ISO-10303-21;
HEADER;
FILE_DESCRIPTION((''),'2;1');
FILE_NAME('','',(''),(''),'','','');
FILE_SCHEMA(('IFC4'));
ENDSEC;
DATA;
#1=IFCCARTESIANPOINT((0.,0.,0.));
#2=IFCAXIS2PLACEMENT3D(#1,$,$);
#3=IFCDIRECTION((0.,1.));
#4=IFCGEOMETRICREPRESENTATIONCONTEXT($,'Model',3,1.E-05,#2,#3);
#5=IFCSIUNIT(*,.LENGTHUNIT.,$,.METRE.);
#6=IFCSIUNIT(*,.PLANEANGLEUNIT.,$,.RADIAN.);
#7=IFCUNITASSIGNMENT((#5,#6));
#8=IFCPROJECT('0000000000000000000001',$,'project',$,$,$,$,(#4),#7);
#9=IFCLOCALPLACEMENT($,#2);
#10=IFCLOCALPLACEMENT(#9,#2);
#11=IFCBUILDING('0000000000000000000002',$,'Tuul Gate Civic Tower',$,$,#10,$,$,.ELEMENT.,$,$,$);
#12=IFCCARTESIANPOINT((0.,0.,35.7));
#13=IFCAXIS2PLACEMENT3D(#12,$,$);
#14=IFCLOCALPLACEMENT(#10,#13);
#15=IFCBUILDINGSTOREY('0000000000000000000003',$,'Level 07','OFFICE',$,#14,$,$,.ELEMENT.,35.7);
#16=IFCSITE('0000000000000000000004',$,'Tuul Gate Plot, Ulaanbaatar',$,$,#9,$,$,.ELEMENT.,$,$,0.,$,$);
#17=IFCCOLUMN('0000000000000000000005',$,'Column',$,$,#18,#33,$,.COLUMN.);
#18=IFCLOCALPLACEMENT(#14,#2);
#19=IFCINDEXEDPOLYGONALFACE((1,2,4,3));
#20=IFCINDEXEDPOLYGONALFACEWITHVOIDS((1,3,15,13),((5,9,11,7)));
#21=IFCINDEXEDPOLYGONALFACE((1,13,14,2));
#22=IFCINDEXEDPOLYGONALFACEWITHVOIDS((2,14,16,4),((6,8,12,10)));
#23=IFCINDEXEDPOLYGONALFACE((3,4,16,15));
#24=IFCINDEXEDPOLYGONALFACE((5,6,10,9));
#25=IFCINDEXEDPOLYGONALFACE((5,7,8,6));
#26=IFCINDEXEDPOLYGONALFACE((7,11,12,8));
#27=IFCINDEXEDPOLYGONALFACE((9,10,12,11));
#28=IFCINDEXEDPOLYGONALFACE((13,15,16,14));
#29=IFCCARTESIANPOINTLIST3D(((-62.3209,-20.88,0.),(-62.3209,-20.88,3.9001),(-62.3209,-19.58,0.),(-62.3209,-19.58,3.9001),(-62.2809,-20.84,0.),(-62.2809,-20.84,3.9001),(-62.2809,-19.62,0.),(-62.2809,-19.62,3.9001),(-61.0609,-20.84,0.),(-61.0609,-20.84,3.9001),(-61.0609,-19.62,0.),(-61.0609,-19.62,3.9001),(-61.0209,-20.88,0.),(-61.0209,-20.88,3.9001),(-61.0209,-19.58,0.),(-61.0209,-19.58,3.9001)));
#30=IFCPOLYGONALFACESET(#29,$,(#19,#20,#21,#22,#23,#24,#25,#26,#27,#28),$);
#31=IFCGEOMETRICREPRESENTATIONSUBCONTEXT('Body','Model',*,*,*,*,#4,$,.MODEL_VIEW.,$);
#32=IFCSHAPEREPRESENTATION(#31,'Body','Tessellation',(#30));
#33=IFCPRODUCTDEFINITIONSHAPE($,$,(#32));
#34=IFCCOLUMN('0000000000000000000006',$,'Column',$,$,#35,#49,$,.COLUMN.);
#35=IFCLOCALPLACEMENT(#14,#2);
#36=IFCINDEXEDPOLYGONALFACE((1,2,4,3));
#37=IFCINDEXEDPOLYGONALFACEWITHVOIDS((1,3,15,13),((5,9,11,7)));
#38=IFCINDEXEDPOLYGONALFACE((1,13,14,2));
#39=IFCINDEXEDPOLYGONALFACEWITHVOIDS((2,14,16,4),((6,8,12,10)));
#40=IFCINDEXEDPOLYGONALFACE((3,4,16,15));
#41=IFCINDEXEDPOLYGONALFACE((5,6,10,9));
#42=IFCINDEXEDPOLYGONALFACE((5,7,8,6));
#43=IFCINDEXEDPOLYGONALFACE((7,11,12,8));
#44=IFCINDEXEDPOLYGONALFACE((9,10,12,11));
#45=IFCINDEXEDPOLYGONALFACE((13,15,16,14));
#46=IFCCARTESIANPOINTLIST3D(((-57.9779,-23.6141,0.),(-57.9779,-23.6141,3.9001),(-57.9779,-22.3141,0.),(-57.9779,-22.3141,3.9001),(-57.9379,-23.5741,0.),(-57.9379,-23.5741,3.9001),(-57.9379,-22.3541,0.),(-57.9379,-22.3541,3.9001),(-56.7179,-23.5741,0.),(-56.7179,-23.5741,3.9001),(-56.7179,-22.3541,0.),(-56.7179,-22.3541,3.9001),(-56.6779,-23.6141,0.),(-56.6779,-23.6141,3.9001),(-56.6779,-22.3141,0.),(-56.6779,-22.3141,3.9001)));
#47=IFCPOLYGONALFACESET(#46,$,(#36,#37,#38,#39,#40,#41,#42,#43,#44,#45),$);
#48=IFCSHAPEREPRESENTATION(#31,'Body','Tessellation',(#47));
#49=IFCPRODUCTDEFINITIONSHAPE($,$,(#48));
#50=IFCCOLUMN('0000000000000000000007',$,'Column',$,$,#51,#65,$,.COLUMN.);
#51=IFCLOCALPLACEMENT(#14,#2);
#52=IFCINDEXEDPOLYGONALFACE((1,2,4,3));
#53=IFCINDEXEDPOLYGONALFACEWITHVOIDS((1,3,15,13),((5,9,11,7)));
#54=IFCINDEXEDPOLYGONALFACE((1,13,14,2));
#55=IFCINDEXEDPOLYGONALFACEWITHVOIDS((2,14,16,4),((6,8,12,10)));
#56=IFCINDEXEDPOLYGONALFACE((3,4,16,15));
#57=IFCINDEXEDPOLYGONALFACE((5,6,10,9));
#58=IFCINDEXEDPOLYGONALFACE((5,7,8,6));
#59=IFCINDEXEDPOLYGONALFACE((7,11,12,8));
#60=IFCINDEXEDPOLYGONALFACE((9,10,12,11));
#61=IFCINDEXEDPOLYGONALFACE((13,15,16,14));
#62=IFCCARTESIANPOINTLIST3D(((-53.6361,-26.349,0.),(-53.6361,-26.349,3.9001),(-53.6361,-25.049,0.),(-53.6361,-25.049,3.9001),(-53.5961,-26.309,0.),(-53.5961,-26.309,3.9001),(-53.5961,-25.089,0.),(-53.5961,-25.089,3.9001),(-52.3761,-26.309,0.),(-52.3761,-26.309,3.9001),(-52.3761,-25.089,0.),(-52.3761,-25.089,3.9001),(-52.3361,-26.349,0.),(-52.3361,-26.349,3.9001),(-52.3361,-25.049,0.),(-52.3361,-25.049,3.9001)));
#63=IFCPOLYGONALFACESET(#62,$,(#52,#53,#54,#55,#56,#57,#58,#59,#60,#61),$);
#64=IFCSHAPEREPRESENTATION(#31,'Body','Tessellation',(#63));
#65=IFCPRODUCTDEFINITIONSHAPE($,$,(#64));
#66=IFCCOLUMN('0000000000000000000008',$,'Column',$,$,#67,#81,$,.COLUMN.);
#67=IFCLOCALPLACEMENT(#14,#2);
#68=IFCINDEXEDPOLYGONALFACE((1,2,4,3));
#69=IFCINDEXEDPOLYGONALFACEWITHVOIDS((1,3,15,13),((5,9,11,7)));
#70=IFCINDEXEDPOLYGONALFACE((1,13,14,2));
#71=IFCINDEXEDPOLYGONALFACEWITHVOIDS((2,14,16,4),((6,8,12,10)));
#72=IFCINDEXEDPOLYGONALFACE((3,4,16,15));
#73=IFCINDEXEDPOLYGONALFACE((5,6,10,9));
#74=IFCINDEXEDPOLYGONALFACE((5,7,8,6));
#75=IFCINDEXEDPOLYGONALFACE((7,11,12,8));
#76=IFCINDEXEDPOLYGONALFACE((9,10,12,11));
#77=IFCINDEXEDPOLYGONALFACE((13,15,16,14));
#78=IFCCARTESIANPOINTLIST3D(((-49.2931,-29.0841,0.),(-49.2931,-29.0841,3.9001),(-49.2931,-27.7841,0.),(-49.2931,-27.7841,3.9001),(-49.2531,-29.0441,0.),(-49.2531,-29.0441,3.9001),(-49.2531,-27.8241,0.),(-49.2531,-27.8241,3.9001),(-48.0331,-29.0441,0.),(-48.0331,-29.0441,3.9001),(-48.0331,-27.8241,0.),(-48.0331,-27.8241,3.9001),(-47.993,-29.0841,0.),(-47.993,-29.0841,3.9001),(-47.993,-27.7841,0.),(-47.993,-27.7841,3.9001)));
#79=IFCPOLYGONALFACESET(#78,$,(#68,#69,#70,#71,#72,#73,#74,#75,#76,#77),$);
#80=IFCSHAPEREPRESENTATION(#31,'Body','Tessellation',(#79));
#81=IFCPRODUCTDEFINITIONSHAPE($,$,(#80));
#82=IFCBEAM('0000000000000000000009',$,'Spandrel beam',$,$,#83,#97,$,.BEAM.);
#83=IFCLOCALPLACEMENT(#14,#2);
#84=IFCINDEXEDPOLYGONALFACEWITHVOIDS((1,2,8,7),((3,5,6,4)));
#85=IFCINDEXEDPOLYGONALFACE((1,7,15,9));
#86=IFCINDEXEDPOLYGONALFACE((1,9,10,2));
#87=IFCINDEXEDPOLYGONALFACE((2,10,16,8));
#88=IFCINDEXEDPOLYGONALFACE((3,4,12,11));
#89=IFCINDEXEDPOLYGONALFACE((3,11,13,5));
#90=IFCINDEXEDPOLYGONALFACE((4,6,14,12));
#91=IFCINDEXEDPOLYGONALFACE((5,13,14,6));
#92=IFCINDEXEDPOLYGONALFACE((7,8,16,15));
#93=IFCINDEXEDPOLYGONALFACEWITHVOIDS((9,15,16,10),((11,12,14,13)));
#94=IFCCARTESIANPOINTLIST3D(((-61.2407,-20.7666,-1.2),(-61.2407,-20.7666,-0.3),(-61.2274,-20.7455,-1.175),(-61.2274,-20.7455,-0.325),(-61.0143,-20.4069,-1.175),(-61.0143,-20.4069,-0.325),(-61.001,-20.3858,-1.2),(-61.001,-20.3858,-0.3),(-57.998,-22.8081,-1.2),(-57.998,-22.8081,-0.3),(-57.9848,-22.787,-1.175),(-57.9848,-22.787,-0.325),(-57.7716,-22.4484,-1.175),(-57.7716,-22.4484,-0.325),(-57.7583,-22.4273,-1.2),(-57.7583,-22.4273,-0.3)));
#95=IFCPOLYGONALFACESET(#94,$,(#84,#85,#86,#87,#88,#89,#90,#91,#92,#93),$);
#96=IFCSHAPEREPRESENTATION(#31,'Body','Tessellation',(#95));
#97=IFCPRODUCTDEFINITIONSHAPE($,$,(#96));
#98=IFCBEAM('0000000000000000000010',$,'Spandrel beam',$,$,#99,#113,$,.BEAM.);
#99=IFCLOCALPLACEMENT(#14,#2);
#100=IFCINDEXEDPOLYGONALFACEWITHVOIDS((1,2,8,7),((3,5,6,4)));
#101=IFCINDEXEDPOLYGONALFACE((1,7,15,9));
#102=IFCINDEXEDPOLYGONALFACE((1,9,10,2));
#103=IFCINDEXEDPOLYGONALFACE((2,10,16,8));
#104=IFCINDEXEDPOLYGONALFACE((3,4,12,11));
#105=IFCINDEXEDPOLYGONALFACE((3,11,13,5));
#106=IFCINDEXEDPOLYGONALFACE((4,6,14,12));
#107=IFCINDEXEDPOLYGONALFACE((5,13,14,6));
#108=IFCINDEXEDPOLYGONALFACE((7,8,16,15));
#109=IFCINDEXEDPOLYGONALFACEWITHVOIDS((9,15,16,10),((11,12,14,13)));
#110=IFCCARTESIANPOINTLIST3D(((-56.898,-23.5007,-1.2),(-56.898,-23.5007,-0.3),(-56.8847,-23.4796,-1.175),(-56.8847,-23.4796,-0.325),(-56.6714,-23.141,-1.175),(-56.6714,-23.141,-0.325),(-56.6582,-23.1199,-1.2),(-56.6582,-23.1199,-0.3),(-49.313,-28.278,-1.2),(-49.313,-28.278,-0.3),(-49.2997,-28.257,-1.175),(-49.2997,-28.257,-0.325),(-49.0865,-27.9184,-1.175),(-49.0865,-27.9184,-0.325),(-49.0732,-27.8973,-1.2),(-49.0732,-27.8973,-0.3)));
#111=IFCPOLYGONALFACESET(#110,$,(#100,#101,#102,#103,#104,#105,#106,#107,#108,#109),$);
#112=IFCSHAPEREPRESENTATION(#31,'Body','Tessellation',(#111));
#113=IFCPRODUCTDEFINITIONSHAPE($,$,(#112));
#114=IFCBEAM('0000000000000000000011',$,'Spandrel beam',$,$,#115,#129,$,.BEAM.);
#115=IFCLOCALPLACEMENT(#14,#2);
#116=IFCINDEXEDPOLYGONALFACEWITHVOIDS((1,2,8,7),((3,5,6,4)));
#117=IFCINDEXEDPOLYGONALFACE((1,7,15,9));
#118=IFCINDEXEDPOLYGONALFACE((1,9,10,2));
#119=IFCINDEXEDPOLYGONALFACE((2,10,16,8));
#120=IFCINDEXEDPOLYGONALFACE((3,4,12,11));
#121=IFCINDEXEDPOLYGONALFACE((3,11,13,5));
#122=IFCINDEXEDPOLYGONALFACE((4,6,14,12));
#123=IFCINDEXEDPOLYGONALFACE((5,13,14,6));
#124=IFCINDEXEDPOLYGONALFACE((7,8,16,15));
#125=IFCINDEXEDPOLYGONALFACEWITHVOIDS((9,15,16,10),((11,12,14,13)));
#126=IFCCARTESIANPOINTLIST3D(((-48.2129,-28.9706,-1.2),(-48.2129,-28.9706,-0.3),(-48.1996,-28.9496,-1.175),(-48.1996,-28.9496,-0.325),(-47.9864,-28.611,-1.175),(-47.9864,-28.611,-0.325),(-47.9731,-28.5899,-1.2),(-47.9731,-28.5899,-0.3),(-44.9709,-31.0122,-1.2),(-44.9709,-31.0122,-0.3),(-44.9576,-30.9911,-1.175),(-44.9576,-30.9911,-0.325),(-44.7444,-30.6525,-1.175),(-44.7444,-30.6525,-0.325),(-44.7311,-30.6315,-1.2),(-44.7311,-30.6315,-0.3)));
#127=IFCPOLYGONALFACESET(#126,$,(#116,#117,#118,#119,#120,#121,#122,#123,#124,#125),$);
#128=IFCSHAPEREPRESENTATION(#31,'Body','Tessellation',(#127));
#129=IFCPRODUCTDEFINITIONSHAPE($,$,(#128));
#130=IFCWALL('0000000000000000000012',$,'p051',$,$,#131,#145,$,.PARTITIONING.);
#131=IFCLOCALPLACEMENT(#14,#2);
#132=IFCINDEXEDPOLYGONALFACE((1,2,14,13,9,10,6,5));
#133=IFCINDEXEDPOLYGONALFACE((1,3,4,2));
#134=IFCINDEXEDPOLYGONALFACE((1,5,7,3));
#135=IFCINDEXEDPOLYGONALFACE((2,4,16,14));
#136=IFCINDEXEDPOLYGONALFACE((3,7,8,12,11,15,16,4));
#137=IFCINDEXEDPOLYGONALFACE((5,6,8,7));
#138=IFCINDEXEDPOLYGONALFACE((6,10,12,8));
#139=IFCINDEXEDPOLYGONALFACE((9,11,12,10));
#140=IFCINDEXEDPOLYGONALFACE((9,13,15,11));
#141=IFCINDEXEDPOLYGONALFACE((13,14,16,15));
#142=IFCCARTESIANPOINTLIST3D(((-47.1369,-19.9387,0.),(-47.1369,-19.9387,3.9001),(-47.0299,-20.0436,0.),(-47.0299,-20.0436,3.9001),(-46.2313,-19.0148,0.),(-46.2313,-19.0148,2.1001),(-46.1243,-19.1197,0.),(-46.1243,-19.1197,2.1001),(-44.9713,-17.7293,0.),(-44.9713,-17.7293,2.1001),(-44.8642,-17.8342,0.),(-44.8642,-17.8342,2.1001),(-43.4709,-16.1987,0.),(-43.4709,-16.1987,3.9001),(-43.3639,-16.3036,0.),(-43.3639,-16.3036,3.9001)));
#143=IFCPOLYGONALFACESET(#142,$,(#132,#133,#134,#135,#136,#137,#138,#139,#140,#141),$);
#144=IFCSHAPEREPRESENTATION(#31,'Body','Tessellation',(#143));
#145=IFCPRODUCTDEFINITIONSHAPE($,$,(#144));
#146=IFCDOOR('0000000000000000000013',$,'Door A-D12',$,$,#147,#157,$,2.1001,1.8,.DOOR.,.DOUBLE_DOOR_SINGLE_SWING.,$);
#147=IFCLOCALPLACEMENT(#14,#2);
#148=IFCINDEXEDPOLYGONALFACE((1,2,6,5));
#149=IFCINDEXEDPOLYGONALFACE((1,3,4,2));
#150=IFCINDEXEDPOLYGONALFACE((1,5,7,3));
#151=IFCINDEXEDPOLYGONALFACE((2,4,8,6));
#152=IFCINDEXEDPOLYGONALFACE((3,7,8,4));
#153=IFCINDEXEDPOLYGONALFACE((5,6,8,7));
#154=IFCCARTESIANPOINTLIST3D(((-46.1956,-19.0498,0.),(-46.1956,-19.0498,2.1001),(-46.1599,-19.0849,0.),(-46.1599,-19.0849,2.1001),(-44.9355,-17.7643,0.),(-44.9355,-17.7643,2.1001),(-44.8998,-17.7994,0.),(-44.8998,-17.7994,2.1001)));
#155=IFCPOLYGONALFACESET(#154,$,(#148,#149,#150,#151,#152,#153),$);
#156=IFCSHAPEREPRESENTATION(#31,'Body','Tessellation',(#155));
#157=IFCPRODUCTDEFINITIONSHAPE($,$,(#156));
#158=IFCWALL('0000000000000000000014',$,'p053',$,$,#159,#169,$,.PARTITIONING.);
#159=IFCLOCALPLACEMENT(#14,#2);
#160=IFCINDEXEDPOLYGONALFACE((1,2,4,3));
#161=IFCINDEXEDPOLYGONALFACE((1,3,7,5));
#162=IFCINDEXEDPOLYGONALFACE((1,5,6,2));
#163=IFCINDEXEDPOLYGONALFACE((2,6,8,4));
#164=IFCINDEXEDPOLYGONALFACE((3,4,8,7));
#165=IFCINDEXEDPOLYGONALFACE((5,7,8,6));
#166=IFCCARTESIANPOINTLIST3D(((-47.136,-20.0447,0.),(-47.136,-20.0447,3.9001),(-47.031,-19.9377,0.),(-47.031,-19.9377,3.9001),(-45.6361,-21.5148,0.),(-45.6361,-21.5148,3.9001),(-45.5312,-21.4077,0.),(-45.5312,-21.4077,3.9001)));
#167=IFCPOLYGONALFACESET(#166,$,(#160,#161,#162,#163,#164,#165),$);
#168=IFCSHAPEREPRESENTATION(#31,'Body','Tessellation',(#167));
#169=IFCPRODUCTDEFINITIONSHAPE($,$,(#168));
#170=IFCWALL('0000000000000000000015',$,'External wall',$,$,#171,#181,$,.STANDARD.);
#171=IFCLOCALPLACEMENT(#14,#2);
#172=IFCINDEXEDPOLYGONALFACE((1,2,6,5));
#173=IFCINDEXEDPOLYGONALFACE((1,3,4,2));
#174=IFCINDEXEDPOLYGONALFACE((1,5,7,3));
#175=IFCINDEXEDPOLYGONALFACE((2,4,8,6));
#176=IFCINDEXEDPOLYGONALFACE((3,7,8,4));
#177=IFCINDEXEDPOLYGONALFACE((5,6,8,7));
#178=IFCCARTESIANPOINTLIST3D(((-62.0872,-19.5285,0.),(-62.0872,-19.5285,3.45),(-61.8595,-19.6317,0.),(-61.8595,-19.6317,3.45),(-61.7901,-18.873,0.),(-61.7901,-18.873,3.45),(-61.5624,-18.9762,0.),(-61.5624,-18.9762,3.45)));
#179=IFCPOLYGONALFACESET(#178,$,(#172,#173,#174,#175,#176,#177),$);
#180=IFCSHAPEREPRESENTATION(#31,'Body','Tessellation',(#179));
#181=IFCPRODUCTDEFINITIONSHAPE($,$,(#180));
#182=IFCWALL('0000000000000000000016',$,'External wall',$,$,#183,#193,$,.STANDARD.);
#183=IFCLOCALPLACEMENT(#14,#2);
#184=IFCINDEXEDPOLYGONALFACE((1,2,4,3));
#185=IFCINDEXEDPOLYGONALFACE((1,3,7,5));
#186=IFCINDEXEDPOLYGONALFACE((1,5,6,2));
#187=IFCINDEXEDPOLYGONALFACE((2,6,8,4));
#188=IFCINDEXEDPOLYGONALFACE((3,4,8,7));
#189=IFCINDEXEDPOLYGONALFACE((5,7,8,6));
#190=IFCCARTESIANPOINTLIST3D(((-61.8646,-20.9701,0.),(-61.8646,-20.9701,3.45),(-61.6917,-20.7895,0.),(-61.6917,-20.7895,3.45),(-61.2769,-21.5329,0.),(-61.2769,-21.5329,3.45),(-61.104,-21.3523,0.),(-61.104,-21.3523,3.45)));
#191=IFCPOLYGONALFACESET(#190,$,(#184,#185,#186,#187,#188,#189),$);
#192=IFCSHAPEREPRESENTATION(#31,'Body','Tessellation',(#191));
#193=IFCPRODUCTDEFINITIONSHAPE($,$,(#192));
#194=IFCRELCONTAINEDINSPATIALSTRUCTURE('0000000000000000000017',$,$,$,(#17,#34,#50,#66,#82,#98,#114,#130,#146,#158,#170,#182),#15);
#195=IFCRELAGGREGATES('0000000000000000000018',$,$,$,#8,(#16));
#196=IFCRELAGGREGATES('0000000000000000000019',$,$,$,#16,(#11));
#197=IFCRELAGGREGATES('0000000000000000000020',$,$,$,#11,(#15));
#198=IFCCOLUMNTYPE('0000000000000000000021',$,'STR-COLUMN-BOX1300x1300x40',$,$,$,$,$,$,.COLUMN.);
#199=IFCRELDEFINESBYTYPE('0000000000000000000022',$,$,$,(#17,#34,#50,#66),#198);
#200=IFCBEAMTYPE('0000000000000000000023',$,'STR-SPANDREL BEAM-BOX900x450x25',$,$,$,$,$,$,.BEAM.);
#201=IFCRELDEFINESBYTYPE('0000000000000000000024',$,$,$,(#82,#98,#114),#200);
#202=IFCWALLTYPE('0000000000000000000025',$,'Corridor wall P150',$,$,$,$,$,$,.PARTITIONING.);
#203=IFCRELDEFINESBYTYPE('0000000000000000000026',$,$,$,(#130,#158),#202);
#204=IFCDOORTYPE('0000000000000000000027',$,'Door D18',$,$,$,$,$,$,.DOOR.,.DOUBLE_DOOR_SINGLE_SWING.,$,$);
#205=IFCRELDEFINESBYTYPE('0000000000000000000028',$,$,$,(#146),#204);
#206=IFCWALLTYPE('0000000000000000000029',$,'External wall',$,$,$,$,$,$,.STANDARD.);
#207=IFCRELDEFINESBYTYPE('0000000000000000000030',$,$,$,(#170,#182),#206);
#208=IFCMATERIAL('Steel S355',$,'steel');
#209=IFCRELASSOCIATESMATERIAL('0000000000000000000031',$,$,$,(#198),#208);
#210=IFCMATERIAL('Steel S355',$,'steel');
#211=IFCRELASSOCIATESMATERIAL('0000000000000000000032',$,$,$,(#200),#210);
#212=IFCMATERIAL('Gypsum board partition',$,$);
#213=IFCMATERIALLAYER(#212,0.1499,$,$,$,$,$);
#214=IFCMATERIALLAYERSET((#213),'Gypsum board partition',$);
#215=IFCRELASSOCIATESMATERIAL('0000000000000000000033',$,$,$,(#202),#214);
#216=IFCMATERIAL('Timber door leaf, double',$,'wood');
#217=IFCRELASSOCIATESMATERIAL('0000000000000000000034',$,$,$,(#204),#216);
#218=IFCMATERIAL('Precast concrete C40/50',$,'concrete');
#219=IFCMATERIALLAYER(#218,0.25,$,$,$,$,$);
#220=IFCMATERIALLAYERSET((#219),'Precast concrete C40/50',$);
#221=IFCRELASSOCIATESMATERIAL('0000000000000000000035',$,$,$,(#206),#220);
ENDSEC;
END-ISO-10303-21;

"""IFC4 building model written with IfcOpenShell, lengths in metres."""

from ifc_helpers import new_model, si_unit, direction, frame, frame_2d, origin, origin_2d, place, context, subcontext, project, spatial, rectangle, hollow_rectangle, extrude, material, layer, layer_set, material_profile, profile_set, type_object, element, fill, save


model = new_model("IFC4")

# Units and contexts
model_context = context("Model", 3, precision=1e-05, world=origin(), true_north=direction((0.0, 1.0)))
body_context = subcontext(model_context, "Body", "Model", "MODEL_VIEW")
ifc_project = project(units=[si_unit("LENGTHUNIT", "METRE"), si_unit("PLANEANGLEUNIT", "RADIAN")], contexts=[model_context])

# Site, building, storey
site_placement = place(None, origin())
site = spatial("IfcSite", under=ifc_project, at=site_placement, Name="Tuul Gate Plot, Ulaanbaatar", CompositionType="ELEMENT", RefElevation=0.0)
building_placement = place(site_placement, origin())
building = spatial("IfcBuilding", under=site, at=building_placement, Name="Tuul Gate Civic Tower", CompositionType="ELEMENT")
storey_placement = place(building_placement, frame((0.0, 0.0, 35.7)))
storey = spatial("IfcBuildingStorey", under=building, at=storey_placement, Name="Level 07", Description="OFFICE", CompositionType="ELEMENT", Elevation=35.7)

# Columns
ifc_material_1 = material(Name="Steel S355", Category="steel")
ifc_material_profile_1 = material_profile(ifc_material_1, hollow_rectangle(XDim=1.3, YDim=1.3, WallThickness=0.04, at=origin_2d()), Name="BOX1300x1300x40")
ifc_profile_set_1 = profile_set([ifc_material_profile_1], Name="Steel S355")
column_type = type_object("IfcColumnType", Name="STR-COLUMN-BOX1300x1300x40", PredefinedType="COLUMN", material=ifc_profile_set_1)
for number, where, z_axis, x_axis, name in (
    (1, (-61.6709, -20.23, 0.0), (0.0, 0.0, 1.0), (1.0, 0.0, 0.0), "Column"),
    (2, (-57.3279, -22.9641, 0.0), (0.0, 0.0, 1.0), (1.0, 0.0, 0.0), "Column"),
    (3, (-52.9861, -25.699, 0.0), (0.0, 0.0, 1.0), (1.0, 0.0, 0.0), "Column"),
    (4, (-48.6431, -28.4341, 0.0), (0.0, 0.0, 1.0), (1.0, 0.0, 0.0), "Column"),
):
    element("IfcColumn", number, at=place(storey_placement, frame(where, z_axis=z_axis, x_axis=x_axis)), inside=storey, type_object=column_type, Name=name, PredefinedType="COLUMN", context=body_context, shape_type="SweptSolid", body=[
        extrude(hollow_rectangle(XDim=1.3, YDim=1.3, WallThickness=0.04, at=origin_2d()), origin(), (0.0, 0.0, 1.0), 3.9001),
    ])

# Beams
ifc_material_2 = material(Name="Steel S355", Category="steel")
ifc_material_profile_2 = material_profile(ifc_material_2, hollow_rectangle(XDim=0.45, YDim=0.8999, WallThickness=0.0249, at=origin_2d()), Name="BOX900x450x25")
ifc_profile_set_2 = profile_set([ifc_material_profile_2], Name="Steel S355")
beam_type = type_object("IfcBeamType", Name="STR-SPANDREL BEAM-BOX900x450x25", PredefinedType="BEAM", material=ifc_profile_set_2)
beam_1_placement = place(storey_placement, frame((-61.1208, -20.5762, -0.75), z_axis=(0.846254, -0.532779, 0.0), x_axis=(0.532779, 0.846254, 0.0)))
element("IfcBeam", 5, at=beam_1_placement, inside=storey, type_object=beam_type, Name="Spandrel beam", PredefinedType="BEAM", context=body_context, shape_type="SweptSolid", body=[
    extrude(hollow_rectangle(XDim=0.45, YDim=0.8999, WallThickness=0.0249, at=origin_2d()), origin(), (0.0, 0.0, 1.0), 3.8318),
])
beam_2_placement = place(storey_placement, frame((-56.7781, -23.3103, -0.75), z_axis=(0.846151, -0.532943, 0.0), x_axis=(0.532943, 0.846151, 0.0)))
element("IfcBeam", 6, at=beam_2_placement, inside=storey, type_object=beam_type, Name="Spandrel beam", PredefinedType="BEAM", context=body_context, shape_type="SweptSolid", body=[
    extrude(hollow_rectangle(XDim=0.45, YDim=0.8999, WallThickness=0.0249, at=origin_2d()), origin(), (0.0, 0.0, 1.0), 8.9641),
])
beam_3_placement = place(storey_placement, frame((-48.093, -28.7803, -0.75), z_axis=(0.8462, -0.532866, 0.0), x_axis=(0.532866, 0.8462, 0.0)))
element("IfcBeam", 7, at=beam_3_placement, inside=storey, type_object=beam_type, Name="Spandrel beam", PredefinedType="BEAM", context=body_context, shape_type="SweptSolid", body=[
    extrude(hollow_rectangle(XDim=0.45, YDim=0.8999, WallThickness=0.0249, at=origin_2d()), origin(), (0.0, 0.0, 1.0), 3.8313),
])

# Wall, opening, door
ifc_material_3 = material(Name="Gypsum board partition")
ifc_layer_1 = layer(ifc_material_3, 0.1499)
ifc_layer_set_1 = layer_set([ifc_layer_1], Name="Gypsum board partition")
wall_type_1 = type_object("IfcWallType", Name="Corridor wall P150", PredefinedType="PARTITIONING", material=ifc_layer_set_1)
wall_1_placement = place(storey_placement, frame((-47.0835, -19.9912, 0.0), z_axis=(0.0, 0.0, 1.0), x_axis=(0.700009, 0.714134, 0.0)))
wall_1 = element("IfcWall", 8, at=wall_1_placement, inside=storey, type_object=wall_type_1, Name="p051", PredefinedType="PARTITIONING", context=body_context, shape_type="SweptSolid", body=[
    extrude(rectangle(XDim=5.2371, YDim=0.1499, at=frame_2d((2.6187, 0.0))), origin(), (0.0, 0.0, 1.0), 3.9001),
])
opening_1_placement = place(wall_1_placement, frame((1.2939, 0.0, 0.0)))
opening_1 = element("IfcOpeningElement", 9, at=opening_1_placement, cuts=wall_1, PredefinedType="OPENING", context=body_context, shape_type="SweptSolid", body=[
    extrude(rectangle(XDim=1.8, YDim=2.1001, at=frame_2d((0.8999, 1.05))), frame((0.0, 0.085, 0.0), z_axis=(0.0, -1.0, 0.0), x_axis=(1.0, 0.0, 0.0)), (0.0, 0.0, 1.0), 0.1699),
])
ifc_material_4 = material(Name="Timber door leaf, double", Category="wood")
door_type = type_object("IfcDoorType", Name="Door D18", OperationType="DOUBLE_DOOR_SINGLE_SWING", PredefinedType="DOOR", material=ifc_material_4)
door_placement = place(opening_1_placement, origin())
door = element("IfcDoor", 10, at=door_placement, inside=storey, type_object=door_type, Name="Door A-D12", OperationType="DOUBLE_DOOR_SINGLE_SWING", OverallHeight=2.1001, OverallWidth=1.8, PredefinedType="DOOR", context=body_context, shape_type="SweptSolid", body=[
    extrude(rectangle(XDim=1.8, YDim=2.1001, at=frame_2d((0.8999, 1.05))), frame((0.0, 0.0249, 0.0), z_axis=(0.0, -1.0, 0.0), x_axis=(1.0, 0.0, 0.0)), (0.0, 0.0, 1.0), 0.05),
])
fill(opening_1, door)

# Walls
wall_2_placement = place(storey_placement, frame((-47.0835, -19.9912, 0.0), z_axis=(0.0, 0.0, 1.0), x_axis=(0.714163, -0.69998, 0.0)))
element("IfcWall", 11, at=wall_2_placement, inside=storey, type_object=wall_type_1, Name="p053", PredefinedType="PARTITIONING", context=body_context, shape_type="SweptSolid", body=[
    extrude(rectangle(XDim=2.1001, YDim=0.1499, at=frame_2d((1.05, 0.0))), origin(), (0.0, 0.0, 1.0), 3.9001),
])
ifc_material_5 = material(Name="Precast concrete C40/50", Category="concrete")
ifc_layer_2 = layer(ifc_material_5, 0.25)
ifc_layer_set_2 = layer_set([ifc_layer_2], Name="Precast concrete C40/50")
wall_type_2 = type_object("IfcWallType", Name="External wall", PredefinedType="STANDARD", material=ifc_layer_set_2)
wall_3_placement = place(storey_placement, frame((-61.6763, -18.9246, 0.0), z_axis=(0.0, 0.0, 1.0), x_axis=(-0.412832, -0.910807, 0.0)))
element("IfcWall", 12, at=wall_3_placement, inside=storey, type_object=wall_type_2, Name="External wall", PredefinedType="STANDARD", context=body_context, shape_type="SweptSolid", body=[
    extrude(rectangle(XDim=0.7197, YDim=0.25, at=frame_2d((0.3599, 0.0))), origin(), (0.0, 0.0, 1.0), 3.45),
])
wall_4_placement = place(storey_placement, frame((-61.7781, -20.8799, 0.0), z_axis=(0.0, 0.0, 1.0), x_axis=(0.722244, -0.691638, 0.0)))
element("IfcWall", 13, at=wall_4_placement, inside=storey, type_object=wall_type_2, Name="External wall", PredefinedType="STANDARD", context=body_context, shape_type="SweptSolid", body=[
    extrude(rectangle(XDim=0.8137, YDim=0.25, at=frame_2d((0.4067, 0.0))), origin(), (0.0, 0.0, 1.0), 3.45),
])

save(model, "model.ifc")
